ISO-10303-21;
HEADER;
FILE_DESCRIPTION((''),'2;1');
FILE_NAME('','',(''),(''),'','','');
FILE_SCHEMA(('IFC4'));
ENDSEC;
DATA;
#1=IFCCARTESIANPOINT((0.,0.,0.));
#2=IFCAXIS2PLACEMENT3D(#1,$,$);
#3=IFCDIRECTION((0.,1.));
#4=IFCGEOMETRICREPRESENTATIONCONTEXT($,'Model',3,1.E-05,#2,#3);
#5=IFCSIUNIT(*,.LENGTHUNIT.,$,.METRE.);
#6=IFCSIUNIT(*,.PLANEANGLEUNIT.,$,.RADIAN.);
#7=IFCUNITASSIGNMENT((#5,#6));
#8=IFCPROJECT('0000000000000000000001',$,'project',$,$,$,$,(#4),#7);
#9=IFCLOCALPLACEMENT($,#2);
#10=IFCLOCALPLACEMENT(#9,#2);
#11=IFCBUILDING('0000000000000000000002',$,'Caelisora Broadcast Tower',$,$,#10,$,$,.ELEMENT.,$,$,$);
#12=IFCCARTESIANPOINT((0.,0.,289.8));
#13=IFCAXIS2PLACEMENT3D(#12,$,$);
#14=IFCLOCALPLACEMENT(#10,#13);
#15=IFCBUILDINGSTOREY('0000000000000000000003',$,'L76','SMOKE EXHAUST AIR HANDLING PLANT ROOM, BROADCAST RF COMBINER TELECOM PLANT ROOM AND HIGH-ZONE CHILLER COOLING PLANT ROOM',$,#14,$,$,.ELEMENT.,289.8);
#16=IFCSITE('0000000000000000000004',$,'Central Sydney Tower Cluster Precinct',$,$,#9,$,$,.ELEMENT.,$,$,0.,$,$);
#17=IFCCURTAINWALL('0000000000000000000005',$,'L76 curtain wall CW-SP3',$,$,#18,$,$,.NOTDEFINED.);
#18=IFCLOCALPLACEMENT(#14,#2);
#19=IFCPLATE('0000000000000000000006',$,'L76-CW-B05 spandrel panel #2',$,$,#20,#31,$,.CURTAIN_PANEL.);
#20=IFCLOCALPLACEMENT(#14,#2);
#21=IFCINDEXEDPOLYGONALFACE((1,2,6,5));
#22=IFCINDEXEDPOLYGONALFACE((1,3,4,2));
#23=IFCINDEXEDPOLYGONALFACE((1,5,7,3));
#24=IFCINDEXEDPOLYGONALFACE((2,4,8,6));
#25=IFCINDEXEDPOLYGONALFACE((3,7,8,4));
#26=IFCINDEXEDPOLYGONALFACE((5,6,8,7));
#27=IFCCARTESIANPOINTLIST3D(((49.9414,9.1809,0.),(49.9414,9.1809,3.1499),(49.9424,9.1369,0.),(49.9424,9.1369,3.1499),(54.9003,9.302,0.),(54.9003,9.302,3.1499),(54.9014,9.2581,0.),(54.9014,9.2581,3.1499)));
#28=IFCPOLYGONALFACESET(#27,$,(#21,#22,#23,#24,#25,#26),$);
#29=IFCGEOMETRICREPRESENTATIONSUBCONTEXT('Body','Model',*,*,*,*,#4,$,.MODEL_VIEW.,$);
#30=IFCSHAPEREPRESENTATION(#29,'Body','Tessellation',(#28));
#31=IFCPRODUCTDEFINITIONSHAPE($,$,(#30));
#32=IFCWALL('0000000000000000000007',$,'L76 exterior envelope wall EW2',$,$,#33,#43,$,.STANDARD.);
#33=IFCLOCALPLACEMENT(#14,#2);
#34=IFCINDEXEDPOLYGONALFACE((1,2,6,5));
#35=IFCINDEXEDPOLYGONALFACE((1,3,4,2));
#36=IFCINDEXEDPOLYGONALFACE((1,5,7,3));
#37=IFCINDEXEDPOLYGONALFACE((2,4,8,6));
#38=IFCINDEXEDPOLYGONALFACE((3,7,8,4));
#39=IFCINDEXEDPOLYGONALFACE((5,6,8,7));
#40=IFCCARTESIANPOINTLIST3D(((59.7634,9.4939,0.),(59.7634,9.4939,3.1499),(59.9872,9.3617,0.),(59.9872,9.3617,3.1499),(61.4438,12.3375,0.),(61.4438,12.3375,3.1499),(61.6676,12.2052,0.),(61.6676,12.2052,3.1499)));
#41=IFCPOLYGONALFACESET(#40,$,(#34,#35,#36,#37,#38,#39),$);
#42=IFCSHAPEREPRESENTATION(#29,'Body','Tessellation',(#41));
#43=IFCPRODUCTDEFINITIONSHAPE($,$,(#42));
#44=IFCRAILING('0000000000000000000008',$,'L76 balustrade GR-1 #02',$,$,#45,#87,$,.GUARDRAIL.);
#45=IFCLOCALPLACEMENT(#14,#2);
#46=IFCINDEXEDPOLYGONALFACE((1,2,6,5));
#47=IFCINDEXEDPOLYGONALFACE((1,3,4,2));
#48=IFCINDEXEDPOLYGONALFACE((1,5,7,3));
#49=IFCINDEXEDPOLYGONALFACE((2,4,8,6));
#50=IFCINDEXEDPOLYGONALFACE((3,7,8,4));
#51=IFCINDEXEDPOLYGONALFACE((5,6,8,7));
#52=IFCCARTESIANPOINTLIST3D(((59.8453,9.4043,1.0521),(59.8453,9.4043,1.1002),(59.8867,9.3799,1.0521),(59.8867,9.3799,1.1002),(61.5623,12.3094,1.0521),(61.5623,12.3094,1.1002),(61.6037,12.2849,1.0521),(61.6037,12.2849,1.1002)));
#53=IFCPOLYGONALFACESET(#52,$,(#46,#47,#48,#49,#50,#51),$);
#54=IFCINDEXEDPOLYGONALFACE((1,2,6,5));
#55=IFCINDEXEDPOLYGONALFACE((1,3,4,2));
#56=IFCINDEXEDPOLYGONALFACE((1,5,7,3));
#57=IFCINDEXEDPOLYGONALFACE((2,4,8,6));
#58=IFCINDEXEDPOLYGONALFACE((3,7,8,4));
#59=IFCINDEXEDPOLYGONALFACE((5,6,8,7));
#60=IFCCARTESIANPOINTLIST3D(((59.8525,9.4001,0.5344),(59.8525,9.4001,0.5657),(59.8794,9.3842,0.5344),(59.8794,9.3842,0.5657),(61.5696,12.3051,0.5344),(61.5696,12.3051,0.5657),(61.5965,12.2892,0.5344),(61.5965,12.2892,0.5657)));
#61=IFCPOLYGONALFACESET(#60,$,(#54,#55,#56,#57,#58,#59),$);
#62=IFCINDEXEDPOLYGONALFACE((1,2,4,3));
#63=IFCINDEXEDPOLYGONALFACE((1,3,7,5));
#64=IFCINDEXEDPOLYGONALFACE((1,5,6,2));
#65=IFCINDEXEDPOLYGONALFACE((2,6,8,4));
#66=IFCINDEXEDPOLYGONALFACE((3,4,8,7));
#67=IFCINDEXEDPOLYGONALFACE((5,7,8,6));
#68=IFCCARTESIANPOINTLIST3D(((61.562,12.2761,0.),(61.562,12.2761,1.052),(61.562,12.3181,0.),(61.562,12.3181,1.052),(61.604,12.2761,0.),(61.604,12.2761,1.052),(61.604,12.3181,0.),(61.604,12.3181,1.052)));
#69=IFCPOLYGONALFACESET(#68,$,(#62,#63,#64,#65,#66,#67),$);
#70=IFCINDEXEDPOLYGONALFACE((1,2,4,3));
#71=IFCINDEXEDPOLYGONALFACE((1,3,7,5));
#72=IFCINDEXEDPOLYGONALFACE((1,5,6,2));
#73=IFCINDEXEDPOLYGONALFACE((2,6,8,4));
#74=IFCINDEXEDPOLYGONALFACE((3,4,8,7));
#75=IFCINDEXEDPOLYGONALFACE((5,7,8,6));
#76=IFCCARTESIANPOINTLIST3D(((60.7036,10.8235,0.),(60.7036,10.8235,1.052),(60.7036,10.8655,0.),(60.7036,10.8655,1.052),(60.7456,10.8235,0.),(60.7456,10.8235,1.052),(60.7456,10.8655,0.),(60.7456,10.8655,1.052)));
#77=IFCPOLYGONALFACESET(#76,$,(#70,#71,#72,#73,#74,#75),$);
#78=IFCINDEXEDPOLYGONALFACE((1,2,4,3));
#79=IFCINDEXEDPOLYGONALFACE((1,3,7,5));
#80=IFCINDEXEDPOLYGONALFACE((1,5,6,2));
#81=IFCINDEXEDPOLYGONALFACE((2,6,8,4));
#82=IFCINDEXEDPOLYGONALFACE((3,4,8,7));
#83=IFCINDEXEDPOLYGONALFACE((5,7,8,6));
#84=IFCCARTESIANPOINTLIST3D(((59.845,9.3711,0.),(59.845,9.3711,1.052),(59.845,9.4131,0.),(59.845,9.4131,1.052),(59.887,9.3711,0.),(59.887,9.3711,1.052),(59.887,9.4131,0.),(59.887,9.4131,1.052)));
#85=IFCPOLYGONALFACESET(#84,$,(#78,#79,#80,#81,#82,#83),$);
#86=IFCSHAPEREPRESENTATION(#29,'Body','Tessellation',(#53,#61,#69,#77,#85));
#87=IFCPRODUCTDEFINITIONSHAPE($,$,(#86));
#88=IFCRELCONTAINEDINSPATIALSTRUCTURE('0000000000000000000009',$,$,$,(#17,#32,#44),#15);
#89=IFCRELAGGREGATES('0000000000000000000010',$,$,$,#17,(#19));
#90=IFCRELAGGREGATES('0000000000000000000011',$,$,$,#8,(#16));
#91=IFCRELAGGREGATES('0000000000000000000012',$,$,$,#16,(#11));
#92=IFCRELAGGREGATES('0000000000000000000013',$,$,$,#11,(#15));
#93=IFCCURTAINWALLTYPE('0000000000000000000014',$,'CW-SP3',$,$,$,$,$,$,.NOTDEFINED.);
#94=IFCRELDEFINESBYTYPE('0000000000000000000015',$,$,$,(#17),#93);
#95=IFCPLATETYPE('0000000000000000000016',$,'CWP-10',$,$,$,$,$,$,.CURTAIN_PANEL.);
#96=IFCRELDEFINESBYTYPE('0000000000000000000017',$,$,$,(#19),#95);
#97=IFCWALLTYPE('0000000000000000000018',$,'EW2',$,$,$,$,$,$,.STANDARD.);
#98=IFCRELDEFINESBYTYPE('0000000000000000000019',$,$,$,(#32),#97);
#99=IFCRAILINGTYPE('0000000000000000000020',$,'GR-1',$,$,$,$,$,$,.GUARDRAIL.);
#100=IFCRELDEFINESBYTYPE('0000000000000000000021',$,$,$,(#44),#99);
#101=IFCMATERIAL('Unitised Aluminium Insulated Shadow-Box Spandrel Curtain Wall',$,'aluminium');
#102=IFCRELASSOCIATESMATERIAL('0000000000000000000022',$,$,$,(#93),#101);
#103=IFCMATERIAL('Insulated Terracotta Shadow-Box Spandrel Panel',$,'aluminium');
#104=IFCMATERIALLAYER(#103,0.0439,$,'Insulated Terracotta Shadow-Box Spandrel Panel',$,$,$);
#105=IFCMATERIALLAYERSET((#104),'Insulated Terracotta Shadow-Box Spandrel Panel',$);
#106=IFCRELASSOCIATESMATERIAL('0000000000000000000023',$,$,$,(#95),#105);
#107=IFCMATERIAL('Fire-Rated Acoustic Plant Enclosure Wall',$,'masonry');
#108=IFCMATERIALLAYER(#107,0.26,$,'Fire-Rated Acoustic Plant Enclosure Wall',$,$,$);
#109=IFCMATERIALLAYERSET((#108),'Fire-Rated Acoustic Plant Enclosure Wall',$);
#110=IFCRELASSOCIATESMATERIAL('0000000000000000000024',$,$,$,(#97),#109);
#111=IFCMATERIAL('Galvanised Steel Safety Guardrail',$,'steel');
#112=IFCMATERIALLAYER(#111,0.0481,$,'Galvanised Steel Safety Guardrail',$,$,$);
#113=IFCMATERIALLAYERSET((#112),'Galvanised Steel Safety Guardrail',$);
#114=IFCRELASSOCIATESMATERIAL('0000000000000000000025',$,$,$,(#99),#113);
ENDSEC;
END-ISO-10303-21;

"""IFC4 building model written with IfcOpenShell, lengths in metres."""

from ifc_helpers import new_model, si_unit, direction, frame, frame_2d, origin, origin_2d, place, context, subcontext, project, spatial, rectangle, extrude, source, transform, mapped, material, layer, layer_set, type_object, type_shapes, element, aggregate, save


model = new_model("IFC4")

# Units and contexts
model_context = context("Model", 3, precision=1e-05, world=origin(), true_north=direction((0.0, 1.0)))
body_context = subcontext(model_context, "Body", "Model", "MODEL_VIEW")
ifc_project = project(units=[si_unit("LENGTHUNIT", "METRE"), si_unit("PLANEANGLEUNIT", "RADIAN")], contexts=[model_context])

# Site, building, storey
site_placement = place(None, origin())
site = spatial("IfcSite", under=ifc_project, at=site_placement, Name="Central Sydney Tower Cluster Precinct", CompositionType="ELEMENT", RefElevation=0.0)
building_placement = place(site_placement, origin())
building = spatial("IfcBuilding", under=site, at=building_placement, Name="Caelisora Broadcast Tower", CompositionType="ELEMENT")
storey_placement = place(building_placement, frame((0.0, 0.0, 289.8)))
storey = spatial("IfcBuildingStorey", under=building, at=storey_placement, Name="L76", Description="SMOKE EXHAUST AIR HANDLING PLANT ROOM, BROADCAST RF COMBINER TELECOM PLANT ROOM AND HIGH-ZONE CHILLER COOLING PLANT ROOM", CompositionType="ELEMENT", Elevation=289.8)

# Curtain wall, plate
ifc_material_1 = material(Name="Unitised Aluminium Insulated Shadow-Box Spandrel Curtain Wall", Category="aluminium")
curtain_wall_type = type_object("IfcCurtainWallType", Name="CW-SP3", PredefinedType="NOTDEFINED", material=ifc_material_1)
curtain_wall_placement = place(storey_placement, origin())
curtain_wall = element("IfcCurtainWall", 1, at=curtain_wall_placement, inside=storey, type_object=curtain_wall_type, Name="L76 curtain wall CW-SP3", PredefinedType="NOTDEFINED")
ifc_material_2 = material(Name="Insulated Terracotta Shadow-Box Spandrel Panel", Category="aluminium")
ifc_layer_1 = layer(ifc_material_2, 0.0439, Name="Insulated Terracotta Shadow-Box Spandrel Panel")
ifc_layer_set_1 = layer_set([ifc_layer_1], Name="Insulated Terracotta Shadow-Box Spandrel Panel")
plate_type = type_object("IfcPlateType", Name="CWP-10", PredefinedType="CURTAIN_PANEL", material=ifc_layer_set_1)
shared_shape_1 = source(origin(), body_context, "Body", "SweptSolid", [
    extrude(rectangle(XDim=4.9604, YDim=0.0439, at=origin_2d()), origin(), (0.0, 0.0, 1.0), 3.1499),
])
type_shapes(plate_type, [shared_shape_1])
plate_1_placement = place(storey_placement, frame((52.4214, 9.2195, 0.0), z_axis=(0.0, 0.0, 1.0), x_axis=(-0.999701, -0.024432, 0.0)))
plate_1 = element("IfcPlate", 2, at=plate_1_placement, type_object=plate_type, Name="L76-CW-B05 spandrel panel #2", PredefinedType="CURTAIN_PANEL", context=body_context, shape_type="MappedRepresentation", body=[
    mapped(shared_shape_1, transform((0.0, 0.0, 0.0), scale=1.0)),
])
aggregate(curtain_wall, [plate_1])

# Wall
ifc_material_3 = material(Name="Fire-Rated Acoustic Plant Enclosure Wall", Category="masonry")
ifc_layer_2 = layer(ifc_material_3, 0.26, Name="Fire-Rated Acoustic Plant Enclosure Wall")
ifc_layer_set_2 = layer_set([ifc_layer_2], Name="Fire-Rated Acoustic Plant Enclosure Wall")
wall_type = type_object("IfcWallType", Name="EW2", PredefinedType="STANDARD", material=ifc_layer_set_2)
wall_placement = place(storey_placement, frame((61.5557, 12.2712, 0.0), z_axis=(0.0, 0.0, 1.0), x_axis=(-0.508767, -0.860904, 0.0)))
element("IfcWall", 3, at=wall_placement, inside=storey, type_object=wall_type, Name="L76 exterior envelope wall EW2", PredefinedType="STANDARD", context=body_context, shape_type="SweptSolid", body=[
    extrude(rectangle(XDim=3.303, YDim=0.26, at=frame_2d((1.6514, 0.0))), origin(), (0.0, 0.0, 1.0), 3.1499),
])

# Railing
ifc_material_4 = material(Name="Galvanised Steel Safety Guardrail", Category="steel")
ifc_layer_3 = layer(ifc_material_4, 0.0481, Name="Galvanised Steel Safety Guardrail")
ifc_layer_set_3 = layer_set([ifc_layer_3], Name="Galvanised Steel Safety Guardrail")
railing_type = type_object("IfcRailingType", Name="GR-1", PredefinedType="GUARDRAIL", material=ifc_layer_set_3)
railing_1_placement = place(storey_placement, frame((61.583, 12.2971, 0.0)))
element("IfcRailing", 4, at=railing_1_placement, inside=storey, type_object=railing_type, Name="L76 balustrade GR-1 #02", PredefinedType="GUARDRAIL", context=body_context, shape_type="SweptSolid", body=[
    extrude(rectangle(XDim=0.0481, YDim=0.0481, at=origin_2d()), frame((0.0, 0.0, 1.0762), z_axis=(-0.508824, -0.86087, 0.0), x_axis=(0.86087, -0.508824, 0.0)), (0.0, 0.0, 1.0), 3.3745),
    extrude(rectangle(XDim=0.0312, YDim=0.0312, at=origin_2d()), frame((0.0, 0.0, 0.55), z_axis=(-0.508824, -0.86087, 0.0), x_axis=(0.86087, -0.508824, 0.0)), (0.0, 0.0, 1.0), 3.3745),
    extrude(rectangle(XDim=0.042, YDim=0.042, at=origin_2d()), origin(), (0.0, 0.0, 1.0), 1.052),
    extrude(rectangle(XDim=0.042, YDim=0.042, at=origin_2d()), frame((-0.8584, -1.4526, 0.0)), (0.0, 0.0, 1.0), 1.052),
    extrude(rectangle(XDim=0.042, YDim=0.042, at=origin_2d()), frame((-1.717, -2.905, 0.0)), (0.0, 0.0, 1.0), 1.052),
])

save(model, "model.ifc")
